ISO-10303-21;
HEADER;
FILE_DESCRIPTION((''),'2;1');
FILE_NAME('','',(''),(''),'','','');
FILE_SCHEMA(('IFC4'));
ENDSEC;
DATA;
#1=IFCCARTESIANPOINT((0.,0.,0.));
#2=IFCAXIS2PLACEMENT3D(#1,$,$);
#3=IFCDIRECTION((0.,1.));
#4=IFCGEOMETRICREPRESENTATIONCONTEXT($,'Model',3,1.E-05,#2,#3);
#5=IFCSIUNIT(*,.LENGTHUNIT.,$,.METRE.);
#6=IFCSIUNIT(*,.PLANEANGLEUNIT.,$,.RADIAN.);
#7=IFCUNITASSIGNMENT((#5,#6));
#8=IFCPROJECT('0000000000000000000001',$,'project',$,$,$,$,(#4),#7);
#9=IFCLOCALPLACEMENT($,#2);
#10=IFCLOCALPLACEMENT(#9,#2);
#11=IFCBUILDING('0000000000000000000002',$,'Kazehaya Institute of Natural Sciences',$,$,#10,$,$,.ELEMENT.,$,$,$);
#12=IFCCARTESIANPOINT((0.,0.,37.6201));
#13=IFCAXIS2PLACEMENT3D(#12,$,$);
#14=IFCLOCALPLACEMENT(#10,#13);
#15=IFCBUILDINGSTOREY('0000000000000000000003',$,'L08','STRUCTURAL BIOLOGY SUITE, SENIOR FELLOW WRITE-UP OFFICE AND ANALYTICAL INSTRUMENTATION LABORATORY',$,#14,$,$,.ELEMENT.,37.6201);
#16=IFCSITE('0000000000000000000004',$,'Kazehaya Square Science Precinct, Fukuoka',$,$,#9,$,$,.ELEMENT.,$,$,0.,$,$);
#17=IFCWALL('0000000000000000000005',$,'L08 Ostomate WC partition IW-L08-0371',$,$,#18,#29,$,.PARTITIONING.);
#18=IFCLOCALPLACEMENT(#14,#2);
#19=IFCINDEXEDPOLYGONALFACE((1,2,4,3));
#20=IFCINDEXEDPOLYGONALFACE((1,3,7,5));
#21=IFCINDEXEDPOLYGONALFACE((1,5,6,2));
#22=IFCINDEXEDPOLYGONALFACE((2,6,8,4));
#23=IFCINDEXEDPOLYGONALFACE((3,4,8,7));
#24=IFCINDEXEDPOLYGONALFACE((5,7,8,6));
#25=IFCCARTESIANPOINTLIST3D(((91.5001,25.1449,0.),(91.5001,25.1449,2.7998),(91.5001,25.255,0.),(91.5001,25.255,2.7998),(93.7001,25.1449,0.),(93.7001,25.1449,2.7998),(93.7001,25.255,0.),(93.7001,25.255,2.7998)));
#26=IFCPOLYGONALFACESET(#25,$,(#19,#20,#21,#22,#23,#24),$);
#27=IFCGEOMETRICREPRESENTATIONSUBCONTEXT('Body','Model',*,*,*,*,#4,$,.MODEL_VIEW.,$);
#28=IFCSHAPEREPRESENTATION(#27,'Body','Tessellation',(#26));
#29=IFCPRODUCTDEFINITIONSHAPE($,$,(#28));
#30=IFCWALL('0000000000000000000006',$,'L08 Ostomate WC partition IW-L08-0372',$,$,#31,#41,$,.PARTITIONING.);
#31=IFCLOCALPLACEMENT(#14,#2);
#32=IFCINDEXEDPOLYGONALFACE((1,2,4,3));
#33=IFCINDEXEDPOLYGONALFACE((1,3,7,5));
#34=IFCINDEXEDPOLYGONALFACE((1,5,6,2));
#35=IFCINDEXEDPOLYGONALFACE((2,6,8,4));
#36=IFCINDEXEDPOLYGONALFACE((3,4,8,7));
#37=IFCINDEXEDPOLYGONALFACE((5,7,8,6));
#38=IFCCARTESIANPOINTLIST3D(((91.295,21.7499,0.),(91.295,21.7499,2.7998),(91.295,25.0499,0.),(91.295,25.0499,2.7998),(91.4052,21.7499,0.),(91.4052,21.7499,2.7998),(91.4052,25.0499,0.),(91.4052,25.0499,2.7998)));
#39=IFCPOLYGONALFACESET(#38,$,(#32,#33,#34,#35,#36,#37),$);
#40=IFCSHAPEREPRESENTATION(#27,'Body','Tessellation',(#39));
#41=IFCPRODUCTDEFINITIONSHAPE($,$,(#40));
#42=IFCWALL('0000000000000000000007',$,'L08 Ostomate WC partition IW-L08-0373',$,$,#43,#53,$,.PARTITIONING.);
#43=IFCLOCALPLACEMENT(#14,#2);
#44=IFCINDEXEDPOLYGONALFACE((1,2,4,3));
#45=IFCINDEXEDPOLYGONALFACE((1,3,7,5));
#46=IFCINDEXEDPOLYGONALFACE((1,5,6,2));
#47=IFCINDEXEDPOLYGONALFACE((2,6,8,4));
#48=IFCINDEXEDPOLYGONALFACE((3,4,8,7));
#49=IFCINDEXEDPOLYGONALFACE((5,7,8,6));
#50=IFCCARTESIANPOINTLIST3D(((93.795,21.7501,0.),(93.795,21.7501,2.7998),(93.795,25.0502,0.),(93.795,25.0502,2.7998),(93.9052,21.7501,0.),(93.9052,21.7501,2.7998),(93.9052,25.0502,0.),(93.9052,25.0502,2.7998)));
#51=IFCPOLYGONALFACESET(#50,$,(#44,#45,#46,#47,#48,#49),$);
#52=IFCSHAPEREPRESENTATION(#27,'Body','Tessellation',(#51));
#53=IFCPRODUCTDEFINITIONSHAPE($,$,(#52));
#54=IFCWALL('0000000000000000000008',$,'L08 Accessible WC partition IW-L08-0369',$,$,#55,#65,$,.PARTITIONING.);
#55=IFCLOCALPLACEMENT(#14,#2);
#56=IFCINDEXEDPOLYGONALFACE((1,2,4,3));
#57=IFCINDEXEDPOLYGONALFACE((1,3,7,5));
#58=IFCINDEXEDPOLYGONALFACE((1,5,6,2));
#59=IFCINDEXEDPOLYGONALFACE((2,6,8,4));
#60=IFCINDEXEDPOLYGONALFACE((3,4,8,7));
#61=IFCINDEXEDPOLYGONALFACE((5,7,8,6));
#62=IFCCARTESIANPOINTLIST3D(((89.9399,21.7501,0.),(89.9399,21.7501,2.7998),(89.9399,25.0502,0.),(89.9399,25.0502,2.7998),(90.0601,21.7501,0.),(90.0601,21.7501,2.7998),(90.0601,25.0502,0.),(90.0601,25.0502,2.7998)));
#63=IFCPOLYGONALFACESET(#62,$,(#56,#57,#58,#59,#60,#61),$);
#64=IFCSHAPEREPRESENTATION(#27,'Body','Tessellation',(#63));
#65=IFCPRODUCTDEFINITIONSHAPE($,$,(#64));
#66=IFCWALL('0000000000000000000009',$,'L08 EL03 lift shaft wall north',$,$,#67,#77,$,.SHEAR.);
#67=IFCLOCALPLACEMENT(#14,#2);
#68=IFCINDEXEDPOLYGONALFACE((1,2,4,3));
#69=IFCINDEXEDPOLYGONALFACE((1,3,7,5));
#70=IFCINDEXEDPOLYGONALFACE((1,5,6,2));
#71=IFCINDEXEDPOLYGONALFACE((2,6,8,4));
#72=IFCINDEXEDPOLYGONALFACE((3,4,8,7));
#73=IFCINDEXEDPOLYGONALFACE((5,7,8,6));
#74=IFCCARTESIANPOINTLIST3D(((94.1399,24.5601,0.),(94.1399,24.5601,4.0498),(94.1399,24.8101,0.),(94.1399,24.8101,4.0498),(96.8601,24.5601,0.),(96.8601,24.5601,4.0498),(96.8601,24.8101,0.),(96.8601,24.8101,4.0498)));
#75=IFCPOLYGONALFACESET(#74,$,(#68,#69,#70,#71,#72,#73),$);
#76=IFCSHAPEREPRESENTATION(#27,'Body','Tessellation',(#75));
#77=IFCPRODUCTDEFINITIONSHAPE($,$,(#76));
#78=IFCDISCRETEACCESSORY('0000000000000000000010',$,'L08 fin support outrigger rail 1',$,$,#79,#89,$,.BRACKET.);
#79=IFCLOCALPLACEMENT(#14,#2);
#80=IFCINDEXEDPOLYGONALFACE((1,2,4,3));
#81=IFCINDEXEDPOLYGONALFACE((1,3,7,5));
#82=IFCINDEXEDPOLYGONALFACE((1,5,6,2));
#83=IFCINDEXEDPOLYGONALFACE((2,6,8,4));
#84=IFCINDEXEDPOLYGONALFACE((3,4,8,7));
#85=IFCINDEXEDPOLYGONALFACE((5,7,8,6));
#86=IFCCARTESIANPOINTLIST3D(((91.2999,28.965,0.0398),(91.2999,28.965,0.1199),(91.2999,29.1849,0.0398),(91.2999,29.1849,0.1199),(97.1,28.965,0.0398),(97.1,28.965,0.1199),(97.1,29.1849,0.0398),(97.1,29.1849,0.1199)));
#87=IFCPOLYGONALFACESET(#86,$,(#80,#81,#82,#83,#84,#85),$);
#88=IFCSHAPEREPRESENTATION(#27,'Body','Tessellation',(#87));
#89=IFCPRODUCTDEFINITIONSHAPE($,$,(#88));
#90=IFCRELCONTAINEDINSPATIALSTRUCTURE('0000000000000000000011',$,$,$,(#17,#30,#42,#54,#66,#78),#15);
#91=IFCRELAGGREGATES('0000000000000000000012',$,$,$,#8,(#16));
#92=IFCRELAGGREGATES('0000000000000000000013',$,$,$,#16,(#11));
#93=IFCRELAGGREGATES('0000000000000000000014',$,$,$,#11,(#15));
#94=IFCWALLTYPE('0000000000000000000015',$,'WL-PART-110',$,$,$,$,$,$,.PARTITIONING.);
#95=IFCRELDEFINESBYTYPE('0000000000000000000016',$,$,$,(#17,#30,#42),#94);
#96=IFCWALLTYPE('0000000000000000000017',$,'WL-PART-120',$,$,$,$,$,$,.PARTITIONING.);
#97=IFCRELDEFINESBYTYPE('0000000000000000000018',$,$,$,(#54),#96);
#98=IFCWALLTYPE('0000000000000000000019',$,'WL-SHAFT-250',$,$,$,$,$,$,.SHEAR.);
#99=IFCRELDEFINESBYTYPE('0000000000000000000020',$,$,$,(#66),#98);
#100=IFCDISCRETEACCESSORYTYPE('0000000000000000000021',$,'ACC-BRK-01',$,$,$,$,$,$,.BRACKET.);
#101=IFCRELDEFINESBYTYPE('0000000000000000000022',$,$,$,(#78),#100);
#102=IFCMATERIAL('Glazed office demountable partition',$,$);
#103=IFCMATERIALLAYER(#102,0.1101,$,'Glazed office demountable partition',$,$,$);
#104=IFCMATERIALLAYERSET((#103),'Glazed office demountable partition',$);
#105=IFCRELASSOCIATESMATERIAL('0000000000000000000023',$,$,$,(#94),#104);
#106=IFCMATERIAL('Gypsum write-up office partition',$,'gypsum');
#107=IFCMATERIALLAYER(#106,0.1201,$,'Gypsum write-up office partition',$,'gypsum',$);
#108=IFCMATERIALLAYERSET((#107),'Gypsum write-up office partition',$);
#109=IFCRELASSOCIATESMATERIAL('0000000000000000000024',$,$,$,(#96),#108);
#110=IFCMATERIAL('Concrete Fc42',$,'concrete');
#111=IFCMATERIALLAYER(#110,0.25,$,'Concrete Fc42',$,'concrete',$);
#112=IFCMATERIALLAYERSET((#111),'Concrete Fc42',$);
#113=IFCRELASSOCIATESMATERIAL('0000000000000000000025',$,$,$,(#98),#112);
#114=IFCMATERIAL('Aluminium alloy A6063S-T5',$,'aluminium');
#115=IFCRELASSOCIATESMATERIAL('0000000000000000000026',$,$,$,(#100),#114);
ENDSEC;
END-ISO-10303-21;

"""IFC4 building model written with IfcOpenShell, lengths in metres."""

from ifc_helpers import new_model, si_unit, direction, frame, frame_2d, origin, origin_2d, place, context, subcontext, project, spatial, rectangle, extrude, material, layer, layer_set, type_object, element, save


model = new_model("IFC4")

# Units and contexts
model_context = context("Model", 3, precision=1e-05, world=origin(), true_north=direction((0.0, 1.0)))
body_context = subcontext(model_context, "Body", "Model", "MODEL_VIEW")
ifc_project = project(units=[si_unit("LENGTHUNIT", "METRE"), si_unit("PLANEANGLEUNIT", "RADIAN")], contexts=[model_context])

# Site, building, storey
site_placement = place(None, origin())
site = spatial("IfcSite", under=ifc_project, at=site_placement, Name="Kazehaya Square Science Precinct, Fukuoka", CompositionType="ELEMENT", RefElevation=0.0)
building_placement = place(site_placement, origin())
building = spatial("IfcBuilding", under=site, at=building_placement, Name="Kazehaya Institute of Natural Sciences", CompositionType="ELEMENT")
storey_placement = place(building_placement, frame((0.0, 0.0, 37.6201)))
storey = spatial("IfcBuildingStorey", under=building, at=storey_placement, Name="L08", Description="STRUCTURAL BIOLOGY SUITE, SENIOR FELLOW WRITE-UP OFFICE AND ANALYTICAL INSTRUMENTATION LABORATORY", CompositionType="ELEMENT", Elevation=37.6201)

# Shared definitions
ifc_material_1 = material(Name="Aluminium alloy A6063S-T5", Category="aluminium")

# Shared definitions
ifc_material_2 = material(Name="Glazed office demountable partition")
ifc_layer_1 = layer(ifc_material_2, 0.1101, Name="Glazed office demountable partition")
ifc_layer_set_1 = layer_set([ifc_layer_1], Name="Glazed office demountable partition")
wall_type_1 = type_object("IfcWallType", Name="WL-PART-110", PredefinedType="PARTITIONING", material=ifc_layer_set_1)

# Walls
wall_1_placement = place(storey_placement, frame((91.5, 25.2, 0.0), z_axis=(0.0, 0.0, 1.0), x_axis=(1.0, 0.0, 0.0)))
element("IfcWall", 1, at=wall_1_placement, inside=storey, type_object=wall_type_1, Name="L08 Ostomate WC partition IW-L08-0371", PredefinedType="PARTITIONING", context=body_context, shape_type="SweptSolid", body=[
    extrude(rectangle(XDim=2.2, YDim=0.1101, at=frame_2d((1.1001, 0.0))), origin(), (0.0, 0.0, 1.0), 2.7998),
])
for number, where, z_axis, x_axis, name in (
    (2, (91.3501, 21.75, 0.0), (0.0, 0.0, 1.0), (0.0, 1.0, 0.0), "L08 Ostomate WC partition IW-L08-0372"),
    (3, (93.8501, 25.05, 0.0), (0.0, 0.0, 1.0), (0.0, -1.0, 0.0), "L08 Ostomate WC partition IW-L08-0373"),
):
    element("IfcWall", number, at=place(storey_placement, frame(where, z_axis=z_axis, x_axis=x_axis)), inside=storey, type_object=wall_type_1, Name=name, PredefinedType="PARTITIONING", context=body_context, shape_type="SweptSolid", body=[
        extrude(rectangle(XDim=3.3, YDim=0.1101, at=frame_2d((1.6499, 0.0))), origin(), (0.0, 0.0, 1.0), 2.7998),
    ])
ifc_material_3 = material(Name="Gypsum write-up office partition", Category="gypsum")
ifc_layer_2 = layer(ifc_material_3, 0.1201, Name="Gypsum write-up office partition", Category="gypsum")
ifc_layer_set_2 = layer_set([ifc_layer_2], Name="Gypsum write-up office partition")
wall_type_2 = type_object("IfcWallType", Name="WL-PART-120", PredefinedType="PARTITIONING", material=ifc_layer_set_2)
wall_2_placement = place(storey_placement, frame((90.0, 25.05, 0.0), z_axis=(0.0, 0.0, 1.0), x_axis=(0.0, -1.0, 0.0)))
element("IfcWall", 4, at=wall_2_placement, inside=storey, type_object=wall_type_2, Name="L08 Accessible WC partition IW-L08-0369", PredefinedType="PARTITIONING", context=body_context, shape_type="SweptSolid", body=[
    extrude(rectangle(XDim=3.3, YDim=0.1201, at=frame_2d((1.6499, 0.0))), origin(), (0.0, 0.0, 1.0), 2.7998),
])
ifc_material_4 = material(Name="Concrete Fc42", Category="concrete")
ifc_layer_3 = layer(ifc_material_4, 0.25, Name="Concrete Fc42", Category="concrete")
ifc_layer_set_3 = layer_set([ifc_layer_3], Name="Concrete Fc42")
wall_type_3 = type_object("IfcWallType", Name="WL-SHAFT-250", PredefinedType="SHEAR", material=ifc_layer_set_3)
wall_3_placement = place(storey_placement, frame((94.1399, 24.6851, 0.0), z_axis=(0.0, 0.0, 1.0), x_axis=(1.0, 0.0, 0.0)))
element("IfcWall", 5, at=wall_3_placement, inside=storey, type_object=wall_type_3, Name="L08 EL03 lift shaft wall north", PredefinedType="SHEAR", context=body_context, shape_type="SweptSolid", body=[
    extrude(rectangle(XDim=2.7202, YDim=0.25, at=frame_2d((1.3601, 0.0))), origin(), (0.0, 0.0, 1.0), 4.0498),
])

# Discrete accessory
discrete_accessory_type = type_object("IfcDiscreteAccessoryType", Name="ACC-BRK-01", PredefinedType="BRACKET", material=ifc_material_1)
discrete_accessory_placement = place(storey_placement, frame((94.2, 29.075, 0.0398), z_axis=(0.0, 0.0, 1.0), x_axis=(1.0, 0.0, 0.0)))
element("IfcDiscreteAccessory", 6, at=discrete_accessory_placement, inside=storey, type_object=discrete_accessory_type, Name="L08 fin support outrigger rail 1", PredefinedType="BRACKET", context=body_context, shape_type="SweptSolid", body=[
    extrude(rectangle(XDim=5.8, YDim=0.22, at=origin_2d()), origin(), (0.0, 0.0, 1.0), 0.0801),
])

save(model, "model.ifc")
